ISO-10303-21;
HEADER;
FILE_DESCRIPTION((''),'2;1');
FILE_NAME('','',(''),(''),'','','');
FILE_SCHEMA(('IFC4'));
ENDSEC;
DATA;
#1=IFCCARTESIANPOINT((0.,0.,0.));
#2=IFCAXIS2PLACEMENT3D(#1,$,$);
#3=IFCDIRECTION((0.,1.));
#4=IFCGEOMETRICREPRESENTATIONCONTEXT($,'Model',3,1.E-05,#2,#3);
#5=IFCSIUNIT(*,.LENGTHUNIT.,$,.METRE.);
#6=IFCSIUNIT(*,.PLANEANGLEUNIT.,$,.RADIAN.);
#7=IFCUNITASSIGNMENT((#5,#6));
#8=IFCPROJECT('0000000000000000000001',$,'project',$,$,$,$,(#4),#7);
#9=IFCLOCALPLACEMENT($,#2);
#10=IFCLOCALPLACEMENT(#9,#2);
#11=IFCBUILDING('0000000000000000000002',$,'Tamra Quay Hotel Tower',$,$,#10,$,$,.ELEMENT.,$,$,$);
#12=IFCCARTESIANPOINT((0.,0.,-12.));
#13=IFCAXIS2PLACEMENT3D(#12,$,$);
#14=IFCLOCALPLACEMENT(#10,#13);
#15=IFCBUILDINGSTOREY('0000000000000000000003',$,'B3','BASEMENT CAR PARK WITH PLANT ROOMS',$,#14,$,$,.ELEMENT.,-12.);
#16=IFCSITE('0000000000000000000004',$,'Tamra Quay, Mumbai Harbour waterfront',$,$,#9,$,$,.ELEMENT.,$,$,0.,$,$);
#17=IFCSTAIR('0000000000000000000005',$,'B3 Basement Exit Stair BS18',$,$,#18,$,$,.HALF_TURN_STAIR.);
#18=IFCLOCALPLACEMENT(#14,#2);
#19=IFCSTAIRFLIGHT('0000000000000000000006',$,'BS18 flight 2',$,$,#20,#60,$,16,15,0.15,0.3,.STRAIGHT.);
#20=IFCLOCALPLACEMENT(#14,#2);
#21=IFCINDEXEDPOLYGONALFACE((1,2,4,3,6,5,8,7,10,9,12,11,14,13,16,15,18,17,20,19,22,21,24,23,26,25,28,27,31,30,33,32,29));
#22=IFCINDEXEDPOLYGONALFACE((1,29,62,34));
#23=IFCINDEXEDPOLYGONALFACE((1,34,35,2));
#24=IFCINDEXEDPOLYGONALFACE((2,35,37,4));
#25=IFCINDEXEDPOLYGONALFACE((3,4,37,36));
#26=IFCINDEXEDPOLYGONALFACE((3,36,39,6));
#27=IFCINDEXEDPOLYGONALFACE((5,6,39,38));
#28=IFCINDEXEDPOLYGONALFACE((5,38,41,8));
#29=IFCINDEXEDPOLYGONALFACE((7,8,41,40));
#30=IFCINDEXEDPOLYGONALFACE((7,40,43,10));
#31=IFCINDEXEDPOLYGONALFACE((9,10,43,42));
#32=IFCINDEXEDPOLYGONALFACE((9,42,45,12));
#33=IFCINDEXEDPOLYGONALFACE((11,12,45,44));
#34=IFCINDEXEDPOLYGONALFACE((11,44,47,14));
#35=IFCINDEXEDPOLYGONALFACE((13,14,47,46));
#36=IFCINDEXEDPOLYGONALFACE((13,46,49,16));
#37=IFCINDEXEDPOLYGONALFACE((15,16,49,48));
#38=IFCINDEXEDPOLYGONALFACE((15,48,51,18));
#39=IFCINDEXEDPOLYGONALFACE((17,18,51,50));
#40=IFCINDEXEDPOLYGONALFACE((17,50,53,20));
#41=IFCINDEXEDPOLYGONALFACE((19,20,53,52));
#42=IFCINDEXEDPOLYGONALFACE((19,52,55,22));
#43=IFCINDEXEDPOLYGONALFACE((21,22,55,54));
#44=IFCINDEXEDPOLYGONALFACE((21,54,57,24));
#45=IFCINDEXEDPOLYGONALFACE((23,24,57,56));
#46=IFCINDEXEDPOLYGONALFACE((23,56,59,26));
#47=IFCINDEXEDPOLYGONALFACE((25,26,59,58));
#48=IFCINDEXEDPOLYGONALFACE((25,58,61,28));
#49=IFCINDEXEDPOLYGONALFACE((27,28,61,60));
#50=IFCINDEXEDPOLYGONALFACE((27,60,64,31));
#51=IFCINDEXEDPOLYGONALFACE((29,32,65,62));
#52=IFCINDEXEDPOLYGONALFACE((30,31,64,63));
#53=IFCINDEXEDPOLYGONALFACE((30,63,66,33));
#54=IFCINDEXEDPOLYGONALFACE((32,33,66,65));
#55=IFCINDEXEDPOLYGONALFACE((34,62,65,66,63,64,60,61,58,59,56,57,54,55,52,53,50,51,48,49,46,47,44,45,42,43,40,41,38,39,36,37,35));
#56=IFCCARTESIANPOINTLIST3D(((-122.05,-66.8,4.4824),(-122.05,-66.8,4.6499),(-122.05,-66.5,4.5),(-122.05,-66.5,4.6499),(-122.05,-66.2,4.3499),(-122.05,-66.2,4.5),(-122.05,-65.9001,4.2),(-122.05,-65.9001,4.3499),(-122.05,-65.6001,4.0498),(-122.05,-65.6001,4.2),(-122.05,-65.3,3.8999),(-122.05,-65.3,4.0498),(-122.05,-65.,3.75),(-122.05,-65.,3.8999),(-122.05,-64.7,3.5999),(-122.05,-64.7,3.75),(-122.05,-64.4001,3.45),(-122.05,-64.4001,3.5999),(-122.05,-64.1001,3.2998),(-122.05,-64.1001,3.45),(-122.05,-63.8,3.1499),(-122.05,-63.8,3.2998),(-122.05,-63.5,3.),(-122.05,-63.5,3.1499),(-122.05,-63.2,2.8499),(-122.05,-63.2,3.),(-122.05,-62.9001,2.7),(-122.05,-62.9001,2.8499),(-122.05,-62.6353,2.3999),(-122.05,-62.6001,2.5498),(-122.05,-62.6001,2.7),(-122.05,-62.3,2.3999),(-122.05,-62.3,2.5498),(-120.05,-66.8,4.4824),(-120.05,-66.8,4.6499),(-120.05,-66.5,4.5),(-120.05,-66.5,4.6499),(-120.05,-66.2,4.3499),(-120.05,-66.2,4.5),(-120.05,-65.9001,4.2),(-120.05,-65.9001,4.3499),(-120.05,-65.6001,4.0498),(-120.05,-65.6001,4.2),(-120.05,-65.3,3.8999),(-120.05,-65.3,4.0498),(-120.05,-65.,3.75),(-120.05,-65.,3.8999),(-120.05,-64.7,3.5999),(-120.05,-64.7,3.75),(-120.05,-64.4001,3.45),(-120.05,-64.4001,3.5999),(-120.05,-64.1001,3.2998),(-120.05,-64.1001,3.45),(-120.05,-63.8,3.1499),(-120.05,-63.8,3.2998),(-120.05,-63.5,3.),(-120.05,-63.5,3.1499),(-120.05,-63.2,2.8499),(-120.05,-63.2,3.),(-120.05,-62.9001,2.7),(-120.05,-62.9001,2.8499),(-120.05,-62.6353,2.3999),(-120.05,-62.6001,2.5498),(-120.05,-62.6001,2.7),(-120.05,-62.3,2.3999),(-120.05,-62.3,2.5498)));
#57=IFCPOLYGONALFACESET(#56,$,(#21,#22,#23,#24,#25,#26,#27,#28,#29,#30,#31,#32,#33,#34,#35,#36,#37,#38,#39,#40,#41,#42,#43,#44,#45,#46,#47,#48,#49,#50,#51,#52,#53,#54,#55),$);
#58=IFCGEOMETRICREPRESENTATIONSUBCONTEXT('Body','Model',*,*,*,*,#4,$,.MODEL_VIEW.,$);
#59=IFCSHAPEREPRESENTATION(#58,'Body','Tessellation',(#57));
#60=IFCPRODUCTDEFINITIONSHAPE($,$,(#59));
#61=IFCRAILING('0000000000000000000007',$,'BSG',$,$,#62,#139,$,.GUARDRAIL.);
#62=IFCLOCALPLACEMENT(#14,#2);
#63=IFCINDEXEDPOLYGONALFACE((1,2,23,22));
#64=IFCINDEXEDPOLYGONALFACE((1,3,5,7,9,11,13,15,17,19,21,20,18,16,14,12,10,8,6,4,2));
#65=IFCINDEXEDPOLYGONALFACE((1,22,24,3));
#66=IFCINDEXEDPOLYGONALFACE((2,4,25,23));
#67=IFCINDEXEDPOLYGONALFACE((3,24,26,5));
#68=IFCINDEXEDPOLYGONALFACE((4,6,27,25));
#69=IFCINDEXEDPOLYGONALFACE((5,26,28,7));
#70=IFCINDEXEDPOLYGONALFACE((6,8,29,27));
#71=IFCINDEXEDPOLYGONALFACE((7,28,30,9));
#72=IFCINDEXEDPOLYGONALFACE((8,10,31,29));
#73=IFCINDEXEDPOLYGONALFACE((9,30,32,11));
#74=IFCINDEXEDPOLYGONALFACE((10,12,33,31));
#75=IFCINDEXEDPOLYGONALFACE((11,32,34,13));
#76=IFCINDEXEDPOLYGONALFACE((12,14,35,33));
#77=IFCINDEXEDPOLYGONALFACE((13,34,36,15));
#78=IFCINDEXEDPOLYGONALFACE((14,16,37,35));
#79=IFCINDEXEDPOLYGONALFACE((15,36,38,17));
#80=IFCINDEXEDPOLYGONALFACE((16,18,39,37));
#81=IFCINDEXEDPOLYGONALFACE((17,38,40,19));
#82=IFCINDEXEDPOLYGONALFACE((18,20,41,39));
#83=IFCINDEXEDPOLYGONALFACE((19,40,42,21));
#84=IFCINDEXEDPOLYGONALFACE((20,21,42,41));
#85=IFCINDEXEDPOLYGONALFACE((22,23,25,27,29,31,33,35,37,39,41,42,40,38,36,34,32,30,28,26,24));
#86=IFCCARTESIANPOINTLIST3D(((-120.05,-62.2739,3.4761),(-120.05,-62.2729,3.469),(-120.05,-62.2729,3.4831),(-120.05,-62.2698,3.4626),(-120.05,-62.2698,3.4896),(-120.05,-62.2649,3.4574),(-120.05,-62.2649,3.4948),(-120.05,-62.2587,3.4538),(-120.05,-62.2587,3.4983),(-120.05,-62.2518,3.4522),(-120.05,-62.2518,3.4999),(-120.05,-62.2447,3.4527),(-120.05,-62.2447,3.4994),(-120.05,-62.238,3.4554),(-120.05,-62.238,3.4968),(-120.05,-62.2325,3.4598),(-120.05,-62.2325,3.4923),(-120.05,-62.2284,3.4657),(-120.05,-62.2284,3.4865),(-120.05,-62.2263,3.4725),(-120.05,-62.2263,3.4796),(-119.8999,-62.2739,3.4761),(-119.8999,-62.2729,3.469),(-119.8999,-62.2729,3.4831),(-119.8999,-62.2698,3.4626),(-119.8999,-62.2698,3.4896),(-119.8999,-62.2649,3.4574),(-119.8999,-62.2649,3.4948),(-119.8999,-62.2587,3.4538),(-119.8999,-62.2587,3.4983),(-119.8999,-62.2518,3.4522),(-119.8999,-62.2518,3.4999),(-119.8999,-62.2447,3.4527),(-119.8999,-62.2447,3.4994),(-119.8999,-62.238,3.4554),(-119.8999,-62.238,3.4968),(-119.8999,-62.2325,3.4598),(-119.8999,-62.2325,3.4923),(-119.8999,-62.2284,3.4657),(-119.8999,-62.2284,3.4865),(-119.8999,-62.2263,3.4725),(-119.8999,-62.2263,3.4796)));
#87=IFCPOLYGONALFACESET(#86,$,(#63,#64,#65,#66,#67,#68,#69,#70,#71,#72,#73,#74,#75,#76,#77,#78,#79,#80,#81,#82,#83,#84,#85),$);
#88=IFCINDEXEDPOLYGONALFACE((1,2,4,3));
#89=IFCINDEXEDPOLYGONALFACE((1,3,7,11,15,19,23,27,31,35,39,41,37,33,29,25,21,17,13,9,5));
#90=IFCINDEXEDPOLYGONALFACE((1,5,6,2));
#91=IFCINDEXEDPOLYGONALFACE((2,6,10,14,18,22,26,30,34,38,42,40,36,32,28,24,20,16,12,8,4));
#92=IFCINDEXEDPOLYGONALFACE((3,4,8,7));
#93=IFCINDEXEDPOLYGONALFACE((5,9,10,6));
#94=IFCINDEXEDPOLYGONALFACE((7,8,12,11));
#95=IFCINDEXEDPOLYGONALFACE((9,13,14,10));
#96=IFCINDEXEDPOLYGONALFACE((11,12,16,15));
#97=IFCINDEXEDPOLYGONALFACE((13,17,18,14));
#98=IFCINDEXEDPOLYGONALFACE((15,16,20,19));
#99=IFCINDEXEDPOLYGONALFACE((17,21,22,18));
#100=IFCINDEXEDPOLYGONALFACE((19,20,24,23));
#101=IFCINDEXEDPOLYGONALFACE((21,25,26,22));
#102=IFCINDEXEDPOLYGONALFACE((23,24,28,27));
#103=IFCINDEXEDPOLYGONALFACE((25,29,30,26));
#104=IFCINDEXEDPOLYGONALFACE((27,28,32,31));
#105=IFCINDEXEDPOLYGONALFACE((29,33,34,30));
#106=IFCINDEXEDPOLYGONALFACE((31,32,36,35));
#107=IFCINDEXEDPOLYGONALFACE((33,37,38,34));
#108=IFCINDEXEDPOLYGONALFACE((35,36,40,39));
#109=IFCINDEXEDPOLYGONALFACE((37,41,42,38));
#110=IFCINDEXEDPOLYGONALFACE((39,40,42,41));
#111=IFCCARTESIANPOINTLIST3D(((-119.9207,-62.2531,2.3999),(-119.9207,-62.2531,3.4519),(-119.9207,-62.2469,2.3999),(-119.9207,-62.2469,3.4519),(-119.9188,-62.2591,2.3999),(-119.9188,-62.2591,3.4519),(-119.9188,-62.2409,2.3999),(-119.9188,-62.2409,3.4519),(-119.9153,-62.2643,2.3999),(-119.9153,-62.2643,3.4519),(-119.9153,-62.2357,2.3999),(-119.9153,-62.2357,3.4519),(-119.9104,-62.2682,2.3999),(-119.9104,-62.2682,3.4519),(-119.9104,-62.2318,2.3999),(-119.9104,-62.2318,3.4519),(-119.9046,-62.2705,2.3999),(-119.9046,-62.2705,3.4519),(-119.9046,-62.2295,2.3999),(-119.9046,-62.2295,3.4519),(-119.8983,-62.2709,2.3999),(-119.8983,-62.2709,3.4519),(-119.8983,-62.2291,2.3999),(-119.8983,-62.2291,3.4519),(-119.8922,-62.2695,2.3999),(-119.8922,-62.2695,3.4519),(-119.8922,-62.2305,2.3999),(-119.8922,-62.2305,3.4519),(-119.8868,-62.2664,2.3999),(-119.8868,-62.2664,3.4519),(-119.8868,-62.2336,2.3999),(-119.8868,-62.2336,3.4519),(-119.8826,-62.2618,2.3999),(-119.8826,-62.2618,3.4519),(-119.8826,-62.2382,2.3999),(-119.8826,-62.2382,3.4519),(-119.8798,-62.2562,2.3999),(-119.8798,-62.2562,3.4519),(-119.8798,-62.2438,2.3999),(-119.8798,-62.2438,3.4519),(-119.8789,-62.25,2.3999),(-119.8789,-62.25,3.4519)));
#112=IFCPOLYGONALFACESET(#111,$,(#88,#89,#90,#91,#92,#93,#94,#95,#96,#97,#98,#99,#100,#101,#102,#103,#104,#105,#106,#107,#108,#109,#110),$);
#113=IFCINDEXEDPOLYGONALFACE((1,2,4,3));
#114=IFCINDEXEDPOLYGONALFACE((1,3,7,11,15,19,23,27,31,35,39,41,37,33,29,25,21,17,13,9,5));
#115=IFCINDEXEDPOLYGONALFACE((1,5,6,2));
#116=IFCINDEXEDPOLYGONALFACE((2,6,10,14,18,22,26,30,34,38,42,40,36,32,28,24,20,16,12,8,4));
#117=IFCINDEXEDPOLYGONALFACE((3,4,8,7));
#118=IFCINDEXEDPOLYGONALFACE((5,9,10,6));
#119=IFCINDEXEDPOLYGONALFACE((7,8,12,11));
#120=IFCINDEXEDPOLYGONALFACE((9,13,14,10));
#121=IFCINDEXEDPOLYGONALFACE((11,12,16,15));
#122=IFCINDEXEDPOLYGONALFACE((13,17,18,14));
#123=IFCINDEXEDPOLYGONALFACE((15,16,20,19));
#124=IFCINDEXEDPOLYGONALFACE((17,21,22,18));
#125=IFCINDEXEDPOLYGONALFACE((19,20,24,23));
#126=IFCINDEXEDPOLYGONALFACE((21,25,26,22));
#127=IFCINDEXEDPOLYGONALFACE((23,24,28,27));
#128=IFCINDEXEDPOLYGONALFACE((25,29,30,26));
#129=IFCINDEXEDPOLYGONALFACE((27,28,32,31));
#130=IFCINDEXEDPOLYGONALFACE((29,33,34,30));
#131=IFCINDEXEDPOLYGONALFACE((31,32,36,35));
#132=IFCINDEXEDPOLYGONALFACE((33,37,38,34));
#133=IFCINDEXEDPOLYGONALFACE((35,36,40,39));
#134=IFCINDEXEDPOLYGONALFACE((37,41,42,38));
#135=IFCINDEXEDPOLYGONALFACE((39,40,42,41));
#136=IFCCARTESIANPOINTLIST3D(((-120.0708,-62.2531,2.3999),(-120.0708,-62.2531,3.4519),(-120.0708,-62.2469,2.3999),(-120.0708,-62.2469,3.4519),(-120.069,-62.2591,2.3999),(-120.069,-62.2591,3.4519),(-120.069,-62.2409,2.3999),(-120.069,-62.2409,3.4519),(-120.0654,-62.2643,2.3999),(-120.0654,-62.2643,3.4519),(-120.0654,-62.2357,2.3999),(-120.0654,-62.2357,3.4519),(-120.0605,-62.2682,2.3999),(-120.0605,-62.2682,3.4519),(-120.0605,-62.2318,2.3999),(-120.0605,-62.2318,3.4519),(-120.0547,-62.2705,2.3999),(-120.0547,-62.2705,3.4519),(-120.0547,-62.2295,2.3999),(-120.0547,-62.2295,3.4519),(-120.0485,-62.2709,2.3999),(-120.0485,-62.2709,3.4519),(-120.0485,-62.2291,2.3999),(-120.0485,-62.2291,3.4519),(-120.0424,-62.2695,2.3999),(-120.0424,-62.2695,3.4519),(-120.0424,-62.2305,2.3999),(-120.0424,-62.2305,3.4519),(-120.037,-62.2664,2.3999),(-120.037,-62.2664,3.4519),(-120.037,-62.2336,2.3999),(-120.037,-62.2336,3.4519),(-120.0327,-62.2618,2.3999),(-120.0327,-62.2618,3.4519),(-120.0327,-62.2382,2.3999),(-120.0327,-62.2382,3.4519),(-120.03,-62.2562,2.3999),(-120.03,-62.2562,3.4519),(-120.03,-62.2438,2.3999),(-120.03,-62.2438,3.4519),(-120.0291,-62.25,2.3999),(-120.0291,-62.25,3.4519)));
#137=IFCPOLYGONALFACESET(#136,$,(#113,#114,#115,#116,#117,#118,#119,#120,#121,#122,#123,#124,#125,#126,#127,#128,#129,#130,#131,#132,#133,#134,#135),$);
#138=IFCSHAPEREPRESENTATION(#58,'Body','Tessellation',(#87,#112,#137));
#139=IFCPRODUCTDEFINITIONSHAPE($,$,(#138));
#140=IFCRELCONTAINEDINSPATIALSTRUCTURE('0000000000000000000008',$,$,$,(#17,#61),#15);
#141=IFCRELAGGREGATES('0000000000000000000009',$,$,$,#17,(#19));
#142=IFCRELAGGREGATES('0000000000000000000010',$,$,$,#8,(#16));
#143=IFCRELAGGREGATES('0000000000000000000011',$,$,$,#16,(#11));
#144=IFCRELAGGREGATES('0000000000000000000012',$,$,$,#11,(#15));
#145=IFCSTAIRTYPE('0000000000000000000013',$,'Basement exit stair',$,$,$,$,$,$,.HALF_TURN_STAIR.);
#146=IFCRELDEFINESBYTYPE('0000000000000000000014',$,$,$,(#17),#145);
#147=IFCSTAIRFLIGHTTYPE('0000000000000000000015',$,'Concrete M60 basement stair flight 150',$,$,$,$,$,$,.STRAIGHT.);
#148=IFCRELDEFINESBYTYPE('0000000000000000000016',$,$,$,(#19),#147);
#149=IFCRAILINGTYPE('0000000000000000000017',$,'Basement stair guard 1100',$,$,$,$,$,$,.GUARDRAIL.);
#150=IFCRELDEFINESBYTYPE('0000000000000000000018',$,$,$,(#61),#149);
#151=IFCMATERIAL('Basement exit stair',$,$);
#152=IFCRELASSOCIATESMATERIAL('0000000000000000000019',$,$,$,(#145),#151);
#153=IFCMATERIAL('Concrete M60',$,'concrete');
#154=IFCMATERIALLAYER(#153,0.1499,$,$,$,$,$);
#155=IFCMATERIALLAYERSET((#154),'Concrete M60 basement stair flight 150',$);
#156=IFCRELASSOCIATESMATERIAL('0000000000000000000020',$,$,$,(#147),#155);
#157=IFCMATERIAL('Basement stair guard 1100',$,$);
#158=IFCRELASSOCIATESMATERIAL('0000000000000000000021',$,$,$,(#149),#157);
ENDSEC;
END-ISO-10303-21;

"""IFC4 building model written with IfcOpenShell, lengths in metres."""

from ifc_helpers import new_model, si_unit, direction, frame, origin, origin_2d, place, context, subcontext, project, spatial, polyline, circle, outline, extrude, material, layer, layer_set, type_object, element, aggregate, save


model = new_model("IFC4")

# Units and contexts
model_context = context("Model", 3, precision=1e-05, world=origin(), true_north=direction((0.0, 1.0)))
body_context = subcontext(model_context, "Body", "Model", "MODEL_VIEW")
ifc_project = project(units=[si_unit("LENGTHUNIT", "METRE"), si_unit("PLANEANGLEUNIT", "RADIAN")], contexts=[model_context])

# Site, building, storey
site_placement = place(None, origin())
site = spatial("IfcSite", under=ifc_project, at=site_placement, Name="Tamra Quay, Mumbai Harbour waterfront", CompositionType="ELEMENT", RefElevation=0.0)
building_placement = place(site_placement, origin())
building = spatial("IfcBuilding", under=site, at=building_placement, Name="Tamra Quay Hotel Tower", CompositionType="ELEMENT")
storey_placement = place(building_placement, frame((0.0, 0.0, -12.0)))
storey = spatial("IfcBuildingStorey", under=building, at=storey_placement, Name="B3", Description="BASEMENT CAR PARK WITH PLANT ROOMS", CompositionType="ELEMENT", Elevation=-12.0)

# Shared definitions
ifc_material_1 = material(Name="Concrete M60", Category="concrete")

# Stair, stair flight
ifc_material_2 = material(Name="Basement exit stair")
stair_type = type_object("IfcStairType", Name="Basement exit stair", PredefinedType="HALF_TURN_STAIR", material=ifc_material_2)
stair_placement = place(storey_placement, origin())
stair = element("IfcStair", 1, at=stair_placement, inside=storey, type_object=stair_type, Name="B3 Basement Exit Stair BS18", PredefinedType="HALF_TURN_STAIR")
ifc_layer_1 = layer(ifc_material_1, 0.1499)
ifc_layer_set_1 = layer_set([ifc_layer_1], Name="Concrete M60 basement stair flight 150")
stair_flight_type = type_object("IfcStairFlightType", Name="Concrete M60 basement stair flight 150", PredefinedType="STRAIGHT", material=ifc_layer_set_1)
stair_flight_placement = place(storey_placement, frame((-121.05, -62.3, 2.3999), z_axis=(0.0, 0.0, 1.0), x_axis=(0.0, -1.0, 0.0)))
stair_flight = element("IfcStairFlight", 2, at=stair_flight_placement, type_object=stair_flight_type, Name="BS18 flight 2", NumberOfRisers=16, NumberOfTreads=15, PredefinedType="STRAIGHT", RiserHeight=0.15, TreadLength=0.3, context=body_context, shape_type="SweptSolid", body=[
    extrude(outline(polyline([(0.0, 0.0), (0.0, 0.1499), (0.3, 0.1499), (0.3, 0.3), (0.6001, 0.3), (0.6001, 0.45), (0.8999, 0.45), (0.8999, 0.6001), (1.2, 0.6001), (1.2, 0.75), (1.5, 0.75), (1.5, 0.8999), (1.8, 0.8999), (1.8, 1.05), (2.1001, 1.05), (2.1001, 1.2), (2.3999, 1.2), (2.3999, 1.3501), (2.7, 1.3501), (2.7, 1.5), (3.0, 1.5), (3.0, 1.6499), (3.3, 1.6499), (3.3, 1.8), (3.6001, 1.8), (3.6001, 1.95), (3.8999, 1.95), (3.8999, 2.1001), (4.2, 2.1001), (4.2, 2.25), (4.5, 2.25), (4.5, 2.3999), (4.5, 2.0825), (0.3352, 0.0), (0.0, 0.0)])), frame((0.0, 1.0, 0.0), z_axis=(0.0, -1.0, 0.0), x_axis=(1.0, 0.0, 0.0)), (0.0, 0.0, 1.0), 2.0),
])
aggregate(stair, [stair_flight])

# Railing
ifc_material_3 = material(Name="Basement stair guard 1100")
railing_type_1 = type_object("IfcRailingType", Name="Basement stair guard 1100", PredefinedType="GUARDRAIL", material=ifc_material_3)
railing_1_placement = place(storey_placement, frame((-119.8999, -62.25, 2.3999)))
element("IfcRailing", 3, at=railing_1_placement, inside=storey, type_object=railing_type_1, Name="BSG", PredefinedType="GUARDRAIL", context=body_context, shape_type="SweptSolid", body=[
    extrude(circle(Radius=0.0239, at=origin_2d()), frame((0.0, 0.0, 1.0762), z_axis=(-1.0, 0.0, 0.0), x_axis=(0.0, -1.0, 0.0)), (0.0, 0.0, 1.0), 0.1501),
    extrude(circle(Radius=0.021, at=origin_2d()), origin(), (0.0, 0.0, 1.0), 1.052),
    extrude(circle(Radius=0.021, at=origin_2d()), frame((-0.1501, 0.0, 0.0)), (0.0, 0.0, 1.0), 1.052),
])

save(model, "model.ifc")
